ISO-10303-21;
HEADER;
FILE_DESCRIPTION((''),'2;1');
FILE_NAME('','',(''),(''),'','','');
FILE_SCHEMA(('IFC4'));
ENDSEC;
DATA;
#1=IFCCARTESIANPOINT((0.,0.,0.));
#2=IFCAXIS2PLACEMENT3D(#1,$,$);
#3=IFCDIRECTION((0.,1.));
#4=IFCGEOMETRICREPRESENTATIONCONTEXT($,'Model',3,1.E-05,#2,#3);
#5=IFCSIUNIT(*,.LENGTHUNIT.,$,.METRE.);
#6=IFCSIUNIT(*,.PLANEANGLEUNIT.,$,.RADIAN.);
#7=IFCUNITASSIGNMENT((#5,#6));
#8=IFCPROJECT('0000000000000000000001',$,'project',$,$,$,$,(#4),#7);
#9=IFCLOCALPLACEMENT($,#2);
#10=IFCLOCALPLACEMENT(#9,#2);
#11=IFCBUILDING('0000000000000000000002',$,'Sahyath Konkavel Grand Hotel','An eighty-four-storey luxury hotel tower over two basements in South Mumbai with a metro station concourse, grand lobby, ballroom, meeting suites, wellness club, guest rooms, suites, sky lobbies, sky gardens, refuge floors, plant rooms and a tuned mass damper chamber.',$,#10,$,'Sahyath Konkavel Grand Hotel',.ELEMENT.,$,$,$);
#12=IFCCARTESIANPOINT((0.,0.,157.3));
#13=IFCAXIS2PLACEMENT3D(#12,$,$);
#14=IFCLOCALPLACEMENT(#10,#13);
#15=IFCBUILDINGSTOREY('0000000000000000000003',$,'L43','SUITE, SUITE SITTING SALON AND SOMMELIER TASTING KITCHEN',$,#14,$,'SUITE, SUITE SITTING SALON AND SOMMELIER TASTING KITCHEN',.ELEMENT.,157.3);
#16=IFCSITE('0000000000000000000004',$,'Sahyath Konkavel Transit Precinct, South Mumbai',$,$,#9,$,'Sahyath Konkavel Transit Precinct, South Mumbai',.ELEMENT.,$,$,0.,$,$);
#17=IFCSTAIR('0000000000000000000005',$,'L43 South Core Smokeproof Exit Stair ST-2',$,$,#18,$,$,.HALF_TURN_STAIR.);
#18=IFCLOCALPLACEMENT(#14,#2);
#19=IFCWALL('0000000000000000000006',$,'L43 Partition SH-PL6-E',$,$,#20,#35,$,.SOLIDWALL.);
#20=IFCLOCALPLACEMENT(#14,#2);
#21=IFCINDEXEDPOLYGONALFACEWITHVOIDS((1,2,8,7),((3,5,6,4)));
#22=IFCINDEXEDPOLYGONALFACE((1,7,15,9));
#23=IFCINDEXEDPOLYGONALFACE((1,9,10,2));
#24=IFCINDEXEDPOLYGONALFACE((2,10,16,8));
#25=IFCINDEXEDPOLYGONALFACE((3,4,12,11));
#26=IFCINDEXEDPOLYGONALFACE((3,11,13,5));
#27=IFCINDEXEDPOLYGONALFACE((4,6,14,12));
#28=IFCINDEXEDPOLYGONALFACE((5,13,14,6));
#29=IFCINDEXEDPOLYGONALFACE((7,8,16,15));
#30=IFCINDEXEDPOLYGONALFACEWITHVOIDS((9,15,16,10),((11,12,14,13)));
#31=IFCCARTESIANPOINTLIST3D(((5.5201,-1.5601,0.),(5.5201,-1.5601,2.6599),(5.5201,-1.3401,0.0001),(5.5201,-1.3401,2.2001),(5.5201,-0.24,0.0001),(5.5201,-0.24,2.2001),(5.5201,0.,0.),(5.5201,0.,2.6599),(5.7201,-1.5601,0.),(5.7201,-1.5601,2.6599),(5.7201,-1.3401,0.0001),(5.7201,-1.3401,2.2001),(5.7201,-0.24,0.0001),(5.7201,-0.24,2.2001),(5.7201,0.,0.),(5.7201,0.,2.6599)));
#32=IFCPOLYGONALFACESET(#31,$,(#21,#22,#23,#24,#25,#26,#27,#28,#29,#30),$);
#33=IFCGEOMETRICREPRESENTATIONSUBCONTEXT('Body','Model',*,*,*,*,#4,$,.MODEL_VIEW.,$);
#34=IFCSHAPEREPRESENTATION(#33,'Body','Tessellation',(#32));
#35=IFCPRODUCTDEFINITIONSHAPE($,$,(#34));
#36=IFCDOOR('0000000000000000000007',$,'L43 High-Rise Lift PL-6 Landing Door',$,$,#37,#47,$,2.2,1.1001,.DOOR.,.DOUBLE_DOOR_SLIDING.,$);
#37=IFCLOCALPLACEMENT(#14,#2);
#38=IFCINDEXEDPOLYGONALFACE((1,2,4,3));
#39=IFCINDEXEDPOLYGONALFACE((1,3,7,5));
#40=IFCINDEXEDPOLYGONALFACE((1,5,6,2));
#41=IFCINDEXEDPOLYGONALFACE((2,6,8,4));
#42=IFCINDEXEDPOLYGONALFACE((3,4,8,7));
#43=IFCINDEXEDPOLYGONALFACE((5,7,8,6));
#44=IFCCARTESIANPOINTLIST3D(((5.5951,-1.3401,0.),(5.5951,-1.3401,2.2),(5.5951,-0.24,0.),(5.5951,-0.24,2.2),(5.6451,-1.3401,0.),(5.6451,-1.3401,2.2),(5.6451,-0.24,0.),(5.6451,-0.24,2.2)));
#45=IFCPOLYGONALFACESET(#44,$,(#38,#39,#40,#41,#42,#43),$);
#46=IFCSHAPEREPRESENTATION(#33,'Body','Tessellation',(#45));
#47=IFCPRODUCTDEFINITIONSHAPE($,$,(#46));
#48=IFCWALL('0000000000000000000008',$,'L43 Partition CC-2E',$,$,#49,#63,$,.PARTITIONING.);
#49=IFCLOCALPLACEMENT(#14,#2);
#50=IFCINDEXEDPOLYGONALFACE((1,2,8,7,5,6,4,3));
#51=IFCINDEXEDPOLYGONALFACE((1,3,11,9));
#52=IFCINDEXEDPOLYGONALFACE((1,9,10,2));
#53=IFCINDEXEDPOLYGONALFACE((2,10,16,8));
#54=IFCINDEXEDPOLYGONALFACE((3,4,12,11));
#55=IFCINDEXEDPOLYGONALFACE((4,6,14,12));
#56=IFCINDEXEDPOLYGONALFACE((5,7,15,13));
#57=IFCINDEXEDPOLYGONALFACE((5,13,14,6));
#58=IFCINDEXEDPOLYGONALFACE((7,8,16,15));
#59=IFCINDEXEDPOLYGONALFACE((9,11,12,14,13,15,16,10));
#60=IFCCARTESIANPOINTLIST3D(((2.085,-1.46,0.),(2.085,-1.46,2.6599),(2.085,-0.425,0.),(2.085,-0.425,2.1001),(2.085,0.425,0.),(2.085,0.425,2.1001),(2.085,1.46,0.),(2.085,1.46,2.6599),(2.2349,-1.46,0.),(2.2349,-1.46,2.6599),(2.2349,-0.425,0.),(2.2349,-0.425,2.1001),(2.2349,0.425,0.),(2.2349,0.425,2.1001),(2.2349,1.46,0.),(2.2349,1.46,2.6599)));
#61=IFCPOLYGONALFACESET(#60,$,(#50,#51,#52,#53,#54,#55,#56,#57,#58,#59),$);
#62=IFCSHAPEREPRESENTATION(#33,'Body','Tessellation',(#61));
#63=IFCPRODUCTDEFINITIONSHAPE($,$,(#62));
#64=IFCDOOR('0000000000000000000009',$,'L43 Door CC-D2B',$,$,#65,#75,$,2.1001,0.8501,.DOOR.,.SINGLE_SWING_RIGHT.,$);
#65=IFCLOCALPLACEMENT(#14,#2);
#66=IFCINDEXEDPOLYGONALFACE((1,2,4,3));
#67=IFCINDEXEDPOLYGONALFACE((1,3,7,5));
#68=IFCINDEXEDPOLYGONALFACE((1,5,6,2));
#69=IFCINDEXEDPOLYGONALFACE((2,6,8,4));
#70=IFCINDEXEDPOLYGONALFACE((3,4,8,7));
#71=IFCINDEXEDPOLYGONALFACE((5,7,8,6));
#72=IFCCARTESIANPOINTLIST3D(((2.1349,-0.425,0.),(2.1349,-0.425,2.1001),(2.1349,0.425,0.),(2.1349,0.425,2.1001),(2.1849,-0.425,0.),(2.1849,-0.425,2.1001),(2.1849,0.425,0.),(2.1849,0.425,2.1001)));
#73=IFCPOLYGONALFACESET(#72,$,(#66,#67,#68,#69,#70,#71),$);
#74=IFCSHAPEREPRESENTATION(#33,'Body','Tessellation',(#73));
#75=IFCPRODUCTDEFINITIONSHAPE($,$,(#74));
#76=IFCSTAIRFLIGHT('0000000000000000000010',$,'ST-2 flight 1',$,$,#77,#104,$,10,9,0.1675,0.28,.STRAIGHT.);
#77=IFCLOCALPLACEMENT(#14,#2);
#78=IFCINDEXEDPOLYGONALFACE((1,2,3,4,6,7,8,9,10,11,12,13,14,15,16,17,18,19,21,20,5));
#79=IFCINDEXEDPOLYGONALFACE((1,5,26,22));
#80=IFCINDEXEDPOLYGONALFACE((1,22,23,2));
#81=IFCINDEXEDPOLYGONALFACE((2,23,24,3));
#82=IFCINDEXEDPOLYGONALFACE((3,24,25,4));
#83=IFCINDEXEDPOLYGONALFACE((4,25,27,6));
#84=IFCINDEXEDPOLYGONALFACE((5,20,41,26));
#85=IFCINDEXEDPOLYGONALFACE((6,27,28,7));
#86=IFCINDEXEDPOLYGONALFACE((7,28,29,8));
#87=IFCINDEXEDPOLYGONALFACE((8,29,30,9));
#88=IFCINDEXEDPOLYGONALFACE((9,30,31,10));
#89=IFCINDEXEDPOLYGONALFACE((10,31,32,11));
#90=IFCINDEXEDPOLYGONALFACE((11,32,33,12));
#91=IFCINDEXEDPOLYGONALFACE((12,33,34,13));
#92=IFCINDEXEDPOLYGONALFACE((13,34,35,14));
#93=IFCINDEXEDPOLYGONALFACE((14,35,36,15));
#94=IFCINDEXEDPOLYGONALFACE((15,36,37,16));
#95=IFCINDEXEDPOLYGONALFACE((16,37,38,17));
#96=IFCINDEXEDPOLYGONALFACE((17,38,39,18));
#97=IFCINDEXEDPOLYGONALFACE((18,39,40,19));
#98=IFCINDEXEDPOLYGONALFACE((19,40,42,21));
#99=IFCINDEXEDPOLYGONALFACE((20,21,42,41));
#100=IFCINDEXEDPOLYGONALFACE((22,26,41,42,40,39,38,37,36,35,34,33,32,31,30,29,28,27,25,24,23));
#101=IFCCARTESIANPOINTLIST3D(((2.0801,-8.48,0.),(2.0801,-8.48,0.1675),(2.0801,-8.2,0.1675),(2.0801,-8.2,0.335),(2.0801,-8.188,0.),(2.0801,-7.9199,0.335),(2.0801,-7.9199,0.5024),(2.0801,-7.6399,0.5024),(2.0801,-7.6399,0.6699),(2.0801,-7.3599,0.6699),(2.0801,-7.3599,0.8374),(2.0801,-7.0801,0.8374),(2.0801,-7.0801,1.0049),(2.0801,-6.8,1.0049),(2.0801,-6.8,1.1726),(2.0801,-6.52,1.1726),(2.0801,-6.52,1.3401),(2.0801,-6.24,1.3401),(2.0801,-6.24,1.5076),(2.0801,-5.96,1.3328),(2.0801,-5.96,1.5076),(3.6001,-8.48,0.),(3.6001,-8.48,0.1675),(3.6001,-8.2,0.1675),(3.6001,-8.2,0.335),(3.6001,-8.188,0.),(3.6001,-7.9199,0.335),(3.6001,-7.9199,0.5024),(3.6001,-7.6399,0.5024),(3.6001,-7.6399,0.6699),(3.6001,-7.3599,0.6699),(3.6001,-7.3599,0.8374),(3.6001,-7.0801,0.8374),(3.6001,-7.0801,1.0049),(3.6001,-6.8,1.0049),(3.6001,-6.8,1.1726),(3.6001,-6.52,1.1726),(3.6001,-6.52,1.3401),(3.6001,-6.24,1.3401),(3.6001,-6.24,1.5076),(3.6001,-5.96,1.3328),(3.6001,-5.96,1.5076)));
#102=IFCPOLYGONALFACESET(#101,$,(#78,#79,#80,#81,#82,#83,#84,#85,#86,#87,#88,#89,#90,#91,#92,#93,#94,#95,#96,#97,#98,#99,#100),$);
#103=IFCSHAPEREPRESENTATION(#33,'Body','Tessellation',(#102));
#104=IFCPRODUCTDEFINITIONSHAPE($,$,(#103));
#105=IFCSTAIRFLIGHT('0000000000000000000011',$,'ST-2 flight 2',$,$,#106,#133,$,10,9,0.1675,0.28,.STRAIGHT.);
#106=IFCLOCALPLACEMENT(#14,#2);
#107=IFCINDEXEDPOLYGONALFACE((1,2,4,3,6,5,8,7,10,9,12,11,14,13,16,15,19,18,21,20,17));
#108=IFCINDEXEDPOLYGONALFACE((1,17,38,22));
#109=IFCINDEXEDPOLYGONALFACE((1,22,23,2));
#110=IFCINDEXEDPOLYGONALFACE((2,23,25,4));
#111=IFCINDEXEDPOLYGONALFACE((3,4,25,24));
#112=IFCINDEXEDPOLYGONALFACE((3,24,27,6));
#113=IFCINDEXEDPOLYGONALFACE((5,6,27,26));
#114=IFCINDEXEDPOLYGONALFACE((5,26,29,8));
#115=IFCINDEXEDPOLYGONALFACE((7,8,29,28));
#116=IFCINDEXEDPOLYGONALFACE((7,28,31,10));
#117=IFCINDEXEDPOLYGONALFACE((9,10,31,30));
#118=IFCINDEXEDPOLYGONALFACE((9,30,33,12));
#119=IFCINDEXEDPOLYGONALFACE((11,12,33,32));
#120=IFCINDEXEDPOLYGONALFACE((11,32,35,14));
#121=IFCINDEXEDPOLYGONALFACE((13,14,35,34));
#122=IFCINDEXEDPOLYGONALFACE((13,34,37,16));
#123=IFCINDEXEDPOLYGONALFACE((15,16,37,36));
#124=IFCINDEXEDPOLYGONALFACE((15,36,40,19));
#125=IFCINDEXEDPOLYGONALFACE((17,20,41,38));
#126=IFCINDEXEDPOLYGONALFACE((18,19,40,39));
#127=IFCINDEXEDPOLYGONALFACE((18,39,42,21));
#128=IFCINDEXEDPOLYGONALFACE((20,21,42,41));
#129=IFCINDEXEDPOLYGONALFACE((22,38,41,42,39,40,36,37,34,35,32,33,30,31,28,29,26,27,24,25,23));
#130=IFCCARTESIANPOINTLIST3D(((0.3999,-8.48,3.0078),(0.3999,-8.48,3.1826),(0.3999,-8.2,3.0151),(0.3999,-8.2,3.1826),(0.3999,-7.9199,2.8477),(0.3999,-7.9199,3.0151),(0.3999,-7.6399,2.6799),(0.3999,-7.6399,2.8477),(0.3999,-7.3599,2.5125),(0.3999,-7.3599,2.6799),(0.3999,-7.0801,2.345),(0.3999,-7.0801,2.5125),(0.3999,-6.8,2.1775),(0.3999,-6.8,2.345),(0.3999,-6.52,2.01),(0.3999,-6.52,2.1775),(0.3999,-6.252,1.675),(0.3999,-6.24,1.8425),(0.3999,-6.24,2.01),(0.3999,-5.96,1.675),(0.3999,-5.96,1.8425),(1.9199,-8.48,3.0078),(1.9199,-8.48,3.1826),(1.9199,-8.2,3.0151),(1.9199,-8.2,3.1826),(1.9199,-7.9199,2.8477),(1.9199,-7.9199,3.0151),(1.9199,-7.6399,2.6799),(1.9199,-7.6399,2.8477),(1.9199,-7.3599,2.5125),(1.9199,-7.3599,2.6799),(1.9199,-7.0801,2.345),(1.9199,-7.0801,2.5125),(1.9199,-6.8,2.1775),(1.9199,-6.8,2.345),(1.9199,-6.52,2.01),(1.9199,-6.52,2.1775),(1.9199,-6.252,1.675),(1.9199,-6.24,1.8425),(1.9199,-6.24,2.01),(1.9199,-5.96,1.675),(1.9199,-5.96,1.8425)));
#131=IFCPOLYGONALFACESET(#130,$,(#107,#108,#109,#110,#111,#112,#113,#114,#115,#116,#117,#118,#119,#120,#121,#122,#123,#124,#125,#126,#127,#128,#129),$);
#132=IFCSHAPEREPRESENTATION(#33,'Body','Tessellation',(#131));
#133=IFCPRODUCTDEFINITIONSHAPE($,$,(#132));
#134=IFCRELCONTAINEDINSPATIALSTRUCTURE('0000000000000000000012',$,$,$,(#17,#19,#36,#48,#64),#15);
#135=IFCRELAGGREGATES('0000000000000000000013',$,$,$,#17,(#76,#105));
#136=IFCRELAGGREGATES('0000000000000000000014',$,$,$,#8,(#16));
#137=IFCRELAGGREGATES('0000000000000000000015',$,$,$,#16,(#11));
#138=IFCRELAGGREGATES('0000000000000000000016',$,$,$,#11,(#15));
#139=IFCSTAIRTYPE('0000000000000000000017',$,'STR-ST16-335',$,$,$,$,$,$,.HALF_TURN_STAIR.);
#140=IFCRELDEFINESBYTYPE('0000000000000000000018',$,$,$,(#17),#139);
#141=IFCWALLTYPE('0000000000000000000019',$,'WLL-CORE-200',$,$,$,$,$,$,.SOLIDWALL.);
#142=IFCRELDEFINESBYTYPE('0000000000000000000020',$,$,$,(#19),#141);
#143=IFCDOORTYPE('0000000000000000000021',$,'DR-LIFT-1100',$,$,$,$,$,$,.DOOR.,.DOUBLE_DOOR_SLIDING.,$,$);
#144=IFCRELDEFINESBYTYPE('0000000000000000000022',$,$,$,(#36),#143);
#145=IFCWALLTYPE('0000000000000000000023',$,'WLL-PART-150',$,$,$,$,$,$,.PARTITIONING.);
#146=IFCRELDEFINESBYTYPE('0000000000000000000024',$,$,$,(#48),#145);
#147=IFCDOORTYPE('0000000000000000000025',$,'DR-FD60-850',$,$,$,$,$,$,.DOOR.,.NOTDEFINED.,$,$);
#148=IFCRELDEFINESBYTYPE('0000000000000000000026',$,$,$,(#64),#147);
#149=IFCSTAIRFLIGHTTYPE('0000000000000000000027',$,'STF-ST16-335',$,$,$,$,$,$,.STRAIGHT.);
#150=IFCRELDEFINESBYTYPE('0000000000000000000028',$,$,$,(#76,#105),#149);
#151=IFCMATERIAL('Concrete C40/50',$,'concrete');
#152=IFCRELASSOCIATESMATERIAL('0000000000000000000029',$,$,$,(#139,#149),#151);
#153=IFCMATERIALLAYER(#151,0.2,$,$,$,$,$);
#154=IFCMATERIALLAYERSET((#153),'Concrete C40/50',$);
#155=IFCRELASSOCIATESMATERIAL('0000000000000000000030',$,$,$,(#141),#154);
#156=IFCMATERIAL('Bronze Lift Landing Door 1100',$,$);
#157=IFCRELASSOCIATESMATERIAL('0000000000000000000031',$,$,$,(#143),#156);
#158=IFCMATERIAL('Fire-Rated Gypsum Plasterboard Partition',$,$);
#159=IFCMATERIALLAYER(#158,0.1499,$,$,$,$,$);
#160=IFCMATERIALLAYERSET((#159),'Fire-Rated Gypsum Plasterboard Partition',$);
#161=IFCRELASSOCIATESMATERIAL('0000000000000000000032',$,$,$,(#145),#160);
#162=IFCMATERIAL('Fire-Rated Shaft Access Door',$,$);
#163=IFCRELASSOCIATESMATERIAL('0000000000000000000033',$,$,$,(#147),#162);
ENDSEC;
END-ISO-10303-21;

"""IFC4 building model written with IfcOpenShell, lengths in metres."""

from ifc_helpers import new_model, si_unit, direction, frame, frame_2d, origin, origin_2d, place, context, subcontext, project, spatial, polyline, rectangle, outline, extrude, source, transform, mapped, material, layer, layer_set, type_object, element, fill, aggregate, save


model = new_model("IFC4")

# Units and contexts
model_context = context("Model", 3, precision=1e-05, world=origin(), true_north=direction((0.0, 1.0)))
body_context = subcontext(model_context, "Body", "Model", "MODEL_VIEW")
ifc_project = project(units=[si_unit("LENGTHUNIT", "METRE"), si_unit("PLANEANGLEUNIT", "RADIAN")], contexts=[model_context])

# Site, building, storey
site_placement = place(None, origin())
site = spatial("IfcSite", under=ifc_project, at=site_placement, Name="Sahyath Konkavel Transit Precinct, South Mumbai", LongName="Sahyath Konkavel Transit Precinct, South Mumbai", CompositionType="ELEMENT", RefElevation=0.0)
building_placement = place(site_placement, origin())
building = spatial("IfcBuilding", under=site, at=building_placement, Name="Sahyath Konkavel Grand Hotel", Description="An eighty-four-storey luxury hotel tower over two basements in South Mumbai with a metro station concourse, grand lobby, ballroom, meeting suites, wellness club, guest rooms, suites, sky lobbies, sky gardens, refuge floors, plant rooms and a tuned mass damper chamber.", LongName="Sahyath Konkavel Grand Hotel", CompositionType="ELEMENT")
storey_placement = place(building_placement, frame((0.0, 0.0, 157.3)))
storey = spatial("IfcBuildingStorey", under=building, at=storey_placement, Name="L43", Description="SUITE, SUITE SITTING SALON AND SOMMELIER TASTING KITCHEN", LongName="SUITE, SUITE SITTING SALON AND SOMMELIER TASTING KITCHEN", CompositionType="ELEMENT", Elevation=157.3)

# Stair
ifc_material_1 = material(Name="Concrete C40/50", Category="concrete")
stair_type = type_object("IfcStairType", Name="STR-ST16-335", PredefinedType="HALF_TURN_STAIR", material=ifc_material_1)
stair_1_placement = place(storey_placement, origin())
stair_1 = element("IfcStair", 1, at=stair_1_placement, inside=storey, type_object=stair_type, Name="L43 South Core Smokeproof Exit Stair ST-2", PredefinedType="HALF_TURN_STAIR")

# Shared definitions
ifc_layer_1 = layer(ifc_material_1, 0.2)
ifc_layer_set_1 = layer_set([ifc_layer_1], Name="Concrete C40/50")
wall_type_1 = type_object("IfcWallType", Name="WLL-CORE-200", PredefinedType="SOLIDWALL", material=ifc_layer_set_1)

# Walls, openings, doors
wall_1_placement = place(storey_placement, frame((5.6201, -1.5601, 0.0), z_axis=(0.0, 0.0, 1.0), x_axis=(0.0, 1.0, 0.0)))
wall_1 = element("IfcWall", 2, at=wall_1_placement, inside=storey, type_object=wall_type_1, Name="L43 Partition SH-PL6-E", PredefinedType="SOLIDWALL", context=body_context, shape_type="SweptSolid", body=[
    extrude(rectangle(XDim=1.5601, YDim=0.2, at=frame_2d((0.78, 0.0))), origin(), (0.0, 0.0, 1.0), 2.6599),
])
opening_1_placement = place(wall_1_placement, frame((0.22, 0.0, 0.0)))
opening_1 = element("IfcOpeningElement", 3, at=opening_1_placement, cuts=wall_1, PredefinedType="OPENING", context=body_context, shape_type="SweptSolid", body=[
    extrude(rectangle(XDim=1.1001, YDim=2.2, at=frame_2d((0.55, 1.1001))), frame((0.0, 0.1099, 0.0), z_axis=(0.0, -1.0, 0.0), x_axis=(1.0, 0.0, 0.0)), (0.0, 0.0, 1.0), 0.22),
])
ifc_material_2 = material(Name="Bronze Lift Landing Door 1100")
door_type_1 = type_object("IfcDoorType", Name="DR-LIFT-1100", OperationType="DOUBLE_DOOR_SLIDING", PredefinedType="DOOR", material=ifc_material_2)
shared_shape_1 = source(origin(), body_context, "Body", "SweptSolid", [
    extrude(rectangle(XDim=1.1001, YDim=0.05, at=origin_2d()), origin(), (0.0, 0.0, 1.0), 2.2),
])
door_1_placement = place(opening_1_placement, frame((0.55, 0.0, 0.0)))
door_1 = element("IfcDoor", 4, at=door_1_placement, inside=storey, type_object=door_type_1, Name="L43 High-Rise Lift PL-6 Landing Door", OperationType="DOUBLE_DOOR_SLIDING", OverallHeight=2.2, OverallWidth=1.1001, PredefinedType="DOOR", context=body_context, shape_type="MappedRepresentation", body=[
    mapped(shared_shape_1, transform((0.0, 0.0, 0.0), scale=1.0)),
])
fill(opening_1, door_1)
ifc_material_3 = material(Name="Fire-Rated Gypsum Plasterboard Partition")
ifc_layer_2 = layer(ifc_material_3, 0.1499)
ifc_layer_set_2 = layer_set([ifc_layer_2], Name="Fire-Rated Gypsum Plasterboard Partition")
wall_type_2 = type_object("IfcWallType", Name="WLL-PART-150", PredefinedType="PARTITIONING", material=ifc_layer_set_2)
wall_2_placement = place(storey_placement, frame((2.1599, -1.46, 0.0), z_axis=(0.0, 0.0, 1.0), x_axis=(0.0, 1.0, 0.0)))
wall_2 = element("IfcWall", 5, at=wall_2_placement, inside=storey, type_object=wall_type_2, Name="L43 Partition CC-2E", PredefinedType="PARTITIONING", context=body_context, shape_type="SweptSolid", body=[
    extrude(rectangle(XDim=2.9199, YDim=0.1499, at=frame_2d((1.46, 0.0))), origin(), (0.0, 0.0, 1.0), 2.6599),
])
opening_2_placement = place(wall_2_placement, frame((1.0349, 0.0, 0.0)))
opening_2 = element("IfcOpeningElement", 6, at=opening_2_placement, cuts=wall_2, PredefinedType="OPENING", context=body_context, shape_type="SweptSolid", body=[
    extrude(rectangle(XDim=0.8501, YDim=2.1001, at=frame_2d((0.425, 1.05))), frame((0.0, 0.085, 0.0), z_axis=(0.0, -1.0, 0.0), x_axis=(1.0, 0.0, 0.0)), (0.0, 0.0, 1.0), 0.1699),
])
ifc_material_4 = material(Name="Fire-Rated Shaft Access Door")
door_type_2 = type_object("IfcDoorType", Name="DR-FD60-850", OperationType="NOTDEFINED", PredefinedType="DOOR", material=ifc_material_4)
shared_shape_2 = source(origin(), body_context, "Body", "SweptSolid", [
    extrude(rectangle(XDim=0.8501, YDim=0.05, at=origin_2d()), origin(), (0.0, 0.0, 1.0), 2.1001),
])
door_2_placement = place(opening_2_placement, frame((0.425, 0.0, 0.0)))
door_2 = element("IfcDoor", 7, at=door_2_placement, inside=storey, type_object=door_type_2, Name="L43 Door CC-D2B", OperationType="SINGLE_SWING_RIGHT", OverallHeight=2.1001, OverallWidth=0.8501, PredefinedType="DOOR", context=body_context, shape_type="MappedRepresentation", body=[
    mapped(shared_shape_2, transform((0.0, 0.0, 0.0), scale=1.0)),
])
fill(opening_2, door_2)

# Stair flights
stair_flight_type = type_object("IfcStairFlightType", Name="STF-ST16-335", PredefinedType="STRAIGHT", material=ifc_material_1)
stair_flight_1_placement = place(storey_placement, frame((2.8401, -8.48, 0.0), z_axis=(0.0, 0.0, 1.0), x_axis=(0.0, 1.0, 0.0)))
stair_flight_1 = element("IfcStairFlight", 8, at=stair_flight_1_placement, type_object=stair_flight_type, Name="ST-2 flight 1", NumberOfRisers=10, NumberOfTreads=9, PredefinedType="STRAIGHT", RiserHeight=0.1675, TreadLength=0.28, context=body_context, shape_type="SweptSolid", body=[
    extrude(outline(polyline([(0.0, 0.0), (0.0, 0.1675), (0.28, 0.1675), (0.28, 0.335), (0.5601, 0.335), (0.5601, 0.5024), (0.8401, 0.5024), (0.8401, 0.6699), (1.1201, 0.6699), (1.1201, 0.8374), (1.3999, 0.8374), (1.3999, 1.0049), (1.6799, 1.0049), (1.6799, 1.1726), (1.96, 1.1726), (1.96, 1.3401), (2.24, 1.3401), (2.24, 1.5076), (2.52, 1.5076), (2.52, 1.675), (2.52, 1.3328), (0.292, 0.0), (0.0, 0.0)])), frame((0.0, 0.76, 0.0), z_axis=(0.0, -1.0, 0.0), x_axis=(1.0, 0.0, 0.0)), (0.0, 0.0, 1.0), 1.52),
])
stair_flight_2_placement = place(storey_placement, frame((1.1599, -5.96, 1.675), z_axis=(0.0, 0.0, 1.0), x_axis=(0.0, -1.0, 0.0)))
stair_flight_2 = element("IfcStairFlight", 9, at=stair_flight_2_placement, type_object=stair_flight_type, Name="ST-2 flight 2", NumberOfRisers=10, NumberOfTreads=9, PredefinedType="STRAIGHT", RiserHeight=0.1675, TreadLength=0.28, context=body_context, shape_type="SweptSolid", body=[
    extrude(outline(polyline([(0.0, 0.0), (0.0, 0.1675), (0.28, 0.1675), (0.28, 0.335), (0.5601, 0.335), (0.5601, 0.5024), (0.8401, 0.5024), (0.8401, 0.6699), (1.1201, 0.6699), (1.1201, 0.8374), (1.3999, 0.8374), (1.3999, 1.0049), (1.6799, 1.0049), (1.6799, 1.1726), (1.96, 1.1726), (1.96, 1.3401), (2.24, 1.3401), (2.24, 1.5076), (2.52, 1.5076), (2.52, 1.675), (2.52, 1.3328), (0.292, 0.0), (0.0, 0.0)])), frame((0.0, 0.76, 0.0), z_axis=(0.0, -1.0, 0.0), x_axis=(1.0, 0.0, 0.0)), (0.0, 0.0, 1.0), 1.52),
])
aggregate(stair_1, [stair_flight_1, stair_flight_2])

save(model, "model.ifc")
